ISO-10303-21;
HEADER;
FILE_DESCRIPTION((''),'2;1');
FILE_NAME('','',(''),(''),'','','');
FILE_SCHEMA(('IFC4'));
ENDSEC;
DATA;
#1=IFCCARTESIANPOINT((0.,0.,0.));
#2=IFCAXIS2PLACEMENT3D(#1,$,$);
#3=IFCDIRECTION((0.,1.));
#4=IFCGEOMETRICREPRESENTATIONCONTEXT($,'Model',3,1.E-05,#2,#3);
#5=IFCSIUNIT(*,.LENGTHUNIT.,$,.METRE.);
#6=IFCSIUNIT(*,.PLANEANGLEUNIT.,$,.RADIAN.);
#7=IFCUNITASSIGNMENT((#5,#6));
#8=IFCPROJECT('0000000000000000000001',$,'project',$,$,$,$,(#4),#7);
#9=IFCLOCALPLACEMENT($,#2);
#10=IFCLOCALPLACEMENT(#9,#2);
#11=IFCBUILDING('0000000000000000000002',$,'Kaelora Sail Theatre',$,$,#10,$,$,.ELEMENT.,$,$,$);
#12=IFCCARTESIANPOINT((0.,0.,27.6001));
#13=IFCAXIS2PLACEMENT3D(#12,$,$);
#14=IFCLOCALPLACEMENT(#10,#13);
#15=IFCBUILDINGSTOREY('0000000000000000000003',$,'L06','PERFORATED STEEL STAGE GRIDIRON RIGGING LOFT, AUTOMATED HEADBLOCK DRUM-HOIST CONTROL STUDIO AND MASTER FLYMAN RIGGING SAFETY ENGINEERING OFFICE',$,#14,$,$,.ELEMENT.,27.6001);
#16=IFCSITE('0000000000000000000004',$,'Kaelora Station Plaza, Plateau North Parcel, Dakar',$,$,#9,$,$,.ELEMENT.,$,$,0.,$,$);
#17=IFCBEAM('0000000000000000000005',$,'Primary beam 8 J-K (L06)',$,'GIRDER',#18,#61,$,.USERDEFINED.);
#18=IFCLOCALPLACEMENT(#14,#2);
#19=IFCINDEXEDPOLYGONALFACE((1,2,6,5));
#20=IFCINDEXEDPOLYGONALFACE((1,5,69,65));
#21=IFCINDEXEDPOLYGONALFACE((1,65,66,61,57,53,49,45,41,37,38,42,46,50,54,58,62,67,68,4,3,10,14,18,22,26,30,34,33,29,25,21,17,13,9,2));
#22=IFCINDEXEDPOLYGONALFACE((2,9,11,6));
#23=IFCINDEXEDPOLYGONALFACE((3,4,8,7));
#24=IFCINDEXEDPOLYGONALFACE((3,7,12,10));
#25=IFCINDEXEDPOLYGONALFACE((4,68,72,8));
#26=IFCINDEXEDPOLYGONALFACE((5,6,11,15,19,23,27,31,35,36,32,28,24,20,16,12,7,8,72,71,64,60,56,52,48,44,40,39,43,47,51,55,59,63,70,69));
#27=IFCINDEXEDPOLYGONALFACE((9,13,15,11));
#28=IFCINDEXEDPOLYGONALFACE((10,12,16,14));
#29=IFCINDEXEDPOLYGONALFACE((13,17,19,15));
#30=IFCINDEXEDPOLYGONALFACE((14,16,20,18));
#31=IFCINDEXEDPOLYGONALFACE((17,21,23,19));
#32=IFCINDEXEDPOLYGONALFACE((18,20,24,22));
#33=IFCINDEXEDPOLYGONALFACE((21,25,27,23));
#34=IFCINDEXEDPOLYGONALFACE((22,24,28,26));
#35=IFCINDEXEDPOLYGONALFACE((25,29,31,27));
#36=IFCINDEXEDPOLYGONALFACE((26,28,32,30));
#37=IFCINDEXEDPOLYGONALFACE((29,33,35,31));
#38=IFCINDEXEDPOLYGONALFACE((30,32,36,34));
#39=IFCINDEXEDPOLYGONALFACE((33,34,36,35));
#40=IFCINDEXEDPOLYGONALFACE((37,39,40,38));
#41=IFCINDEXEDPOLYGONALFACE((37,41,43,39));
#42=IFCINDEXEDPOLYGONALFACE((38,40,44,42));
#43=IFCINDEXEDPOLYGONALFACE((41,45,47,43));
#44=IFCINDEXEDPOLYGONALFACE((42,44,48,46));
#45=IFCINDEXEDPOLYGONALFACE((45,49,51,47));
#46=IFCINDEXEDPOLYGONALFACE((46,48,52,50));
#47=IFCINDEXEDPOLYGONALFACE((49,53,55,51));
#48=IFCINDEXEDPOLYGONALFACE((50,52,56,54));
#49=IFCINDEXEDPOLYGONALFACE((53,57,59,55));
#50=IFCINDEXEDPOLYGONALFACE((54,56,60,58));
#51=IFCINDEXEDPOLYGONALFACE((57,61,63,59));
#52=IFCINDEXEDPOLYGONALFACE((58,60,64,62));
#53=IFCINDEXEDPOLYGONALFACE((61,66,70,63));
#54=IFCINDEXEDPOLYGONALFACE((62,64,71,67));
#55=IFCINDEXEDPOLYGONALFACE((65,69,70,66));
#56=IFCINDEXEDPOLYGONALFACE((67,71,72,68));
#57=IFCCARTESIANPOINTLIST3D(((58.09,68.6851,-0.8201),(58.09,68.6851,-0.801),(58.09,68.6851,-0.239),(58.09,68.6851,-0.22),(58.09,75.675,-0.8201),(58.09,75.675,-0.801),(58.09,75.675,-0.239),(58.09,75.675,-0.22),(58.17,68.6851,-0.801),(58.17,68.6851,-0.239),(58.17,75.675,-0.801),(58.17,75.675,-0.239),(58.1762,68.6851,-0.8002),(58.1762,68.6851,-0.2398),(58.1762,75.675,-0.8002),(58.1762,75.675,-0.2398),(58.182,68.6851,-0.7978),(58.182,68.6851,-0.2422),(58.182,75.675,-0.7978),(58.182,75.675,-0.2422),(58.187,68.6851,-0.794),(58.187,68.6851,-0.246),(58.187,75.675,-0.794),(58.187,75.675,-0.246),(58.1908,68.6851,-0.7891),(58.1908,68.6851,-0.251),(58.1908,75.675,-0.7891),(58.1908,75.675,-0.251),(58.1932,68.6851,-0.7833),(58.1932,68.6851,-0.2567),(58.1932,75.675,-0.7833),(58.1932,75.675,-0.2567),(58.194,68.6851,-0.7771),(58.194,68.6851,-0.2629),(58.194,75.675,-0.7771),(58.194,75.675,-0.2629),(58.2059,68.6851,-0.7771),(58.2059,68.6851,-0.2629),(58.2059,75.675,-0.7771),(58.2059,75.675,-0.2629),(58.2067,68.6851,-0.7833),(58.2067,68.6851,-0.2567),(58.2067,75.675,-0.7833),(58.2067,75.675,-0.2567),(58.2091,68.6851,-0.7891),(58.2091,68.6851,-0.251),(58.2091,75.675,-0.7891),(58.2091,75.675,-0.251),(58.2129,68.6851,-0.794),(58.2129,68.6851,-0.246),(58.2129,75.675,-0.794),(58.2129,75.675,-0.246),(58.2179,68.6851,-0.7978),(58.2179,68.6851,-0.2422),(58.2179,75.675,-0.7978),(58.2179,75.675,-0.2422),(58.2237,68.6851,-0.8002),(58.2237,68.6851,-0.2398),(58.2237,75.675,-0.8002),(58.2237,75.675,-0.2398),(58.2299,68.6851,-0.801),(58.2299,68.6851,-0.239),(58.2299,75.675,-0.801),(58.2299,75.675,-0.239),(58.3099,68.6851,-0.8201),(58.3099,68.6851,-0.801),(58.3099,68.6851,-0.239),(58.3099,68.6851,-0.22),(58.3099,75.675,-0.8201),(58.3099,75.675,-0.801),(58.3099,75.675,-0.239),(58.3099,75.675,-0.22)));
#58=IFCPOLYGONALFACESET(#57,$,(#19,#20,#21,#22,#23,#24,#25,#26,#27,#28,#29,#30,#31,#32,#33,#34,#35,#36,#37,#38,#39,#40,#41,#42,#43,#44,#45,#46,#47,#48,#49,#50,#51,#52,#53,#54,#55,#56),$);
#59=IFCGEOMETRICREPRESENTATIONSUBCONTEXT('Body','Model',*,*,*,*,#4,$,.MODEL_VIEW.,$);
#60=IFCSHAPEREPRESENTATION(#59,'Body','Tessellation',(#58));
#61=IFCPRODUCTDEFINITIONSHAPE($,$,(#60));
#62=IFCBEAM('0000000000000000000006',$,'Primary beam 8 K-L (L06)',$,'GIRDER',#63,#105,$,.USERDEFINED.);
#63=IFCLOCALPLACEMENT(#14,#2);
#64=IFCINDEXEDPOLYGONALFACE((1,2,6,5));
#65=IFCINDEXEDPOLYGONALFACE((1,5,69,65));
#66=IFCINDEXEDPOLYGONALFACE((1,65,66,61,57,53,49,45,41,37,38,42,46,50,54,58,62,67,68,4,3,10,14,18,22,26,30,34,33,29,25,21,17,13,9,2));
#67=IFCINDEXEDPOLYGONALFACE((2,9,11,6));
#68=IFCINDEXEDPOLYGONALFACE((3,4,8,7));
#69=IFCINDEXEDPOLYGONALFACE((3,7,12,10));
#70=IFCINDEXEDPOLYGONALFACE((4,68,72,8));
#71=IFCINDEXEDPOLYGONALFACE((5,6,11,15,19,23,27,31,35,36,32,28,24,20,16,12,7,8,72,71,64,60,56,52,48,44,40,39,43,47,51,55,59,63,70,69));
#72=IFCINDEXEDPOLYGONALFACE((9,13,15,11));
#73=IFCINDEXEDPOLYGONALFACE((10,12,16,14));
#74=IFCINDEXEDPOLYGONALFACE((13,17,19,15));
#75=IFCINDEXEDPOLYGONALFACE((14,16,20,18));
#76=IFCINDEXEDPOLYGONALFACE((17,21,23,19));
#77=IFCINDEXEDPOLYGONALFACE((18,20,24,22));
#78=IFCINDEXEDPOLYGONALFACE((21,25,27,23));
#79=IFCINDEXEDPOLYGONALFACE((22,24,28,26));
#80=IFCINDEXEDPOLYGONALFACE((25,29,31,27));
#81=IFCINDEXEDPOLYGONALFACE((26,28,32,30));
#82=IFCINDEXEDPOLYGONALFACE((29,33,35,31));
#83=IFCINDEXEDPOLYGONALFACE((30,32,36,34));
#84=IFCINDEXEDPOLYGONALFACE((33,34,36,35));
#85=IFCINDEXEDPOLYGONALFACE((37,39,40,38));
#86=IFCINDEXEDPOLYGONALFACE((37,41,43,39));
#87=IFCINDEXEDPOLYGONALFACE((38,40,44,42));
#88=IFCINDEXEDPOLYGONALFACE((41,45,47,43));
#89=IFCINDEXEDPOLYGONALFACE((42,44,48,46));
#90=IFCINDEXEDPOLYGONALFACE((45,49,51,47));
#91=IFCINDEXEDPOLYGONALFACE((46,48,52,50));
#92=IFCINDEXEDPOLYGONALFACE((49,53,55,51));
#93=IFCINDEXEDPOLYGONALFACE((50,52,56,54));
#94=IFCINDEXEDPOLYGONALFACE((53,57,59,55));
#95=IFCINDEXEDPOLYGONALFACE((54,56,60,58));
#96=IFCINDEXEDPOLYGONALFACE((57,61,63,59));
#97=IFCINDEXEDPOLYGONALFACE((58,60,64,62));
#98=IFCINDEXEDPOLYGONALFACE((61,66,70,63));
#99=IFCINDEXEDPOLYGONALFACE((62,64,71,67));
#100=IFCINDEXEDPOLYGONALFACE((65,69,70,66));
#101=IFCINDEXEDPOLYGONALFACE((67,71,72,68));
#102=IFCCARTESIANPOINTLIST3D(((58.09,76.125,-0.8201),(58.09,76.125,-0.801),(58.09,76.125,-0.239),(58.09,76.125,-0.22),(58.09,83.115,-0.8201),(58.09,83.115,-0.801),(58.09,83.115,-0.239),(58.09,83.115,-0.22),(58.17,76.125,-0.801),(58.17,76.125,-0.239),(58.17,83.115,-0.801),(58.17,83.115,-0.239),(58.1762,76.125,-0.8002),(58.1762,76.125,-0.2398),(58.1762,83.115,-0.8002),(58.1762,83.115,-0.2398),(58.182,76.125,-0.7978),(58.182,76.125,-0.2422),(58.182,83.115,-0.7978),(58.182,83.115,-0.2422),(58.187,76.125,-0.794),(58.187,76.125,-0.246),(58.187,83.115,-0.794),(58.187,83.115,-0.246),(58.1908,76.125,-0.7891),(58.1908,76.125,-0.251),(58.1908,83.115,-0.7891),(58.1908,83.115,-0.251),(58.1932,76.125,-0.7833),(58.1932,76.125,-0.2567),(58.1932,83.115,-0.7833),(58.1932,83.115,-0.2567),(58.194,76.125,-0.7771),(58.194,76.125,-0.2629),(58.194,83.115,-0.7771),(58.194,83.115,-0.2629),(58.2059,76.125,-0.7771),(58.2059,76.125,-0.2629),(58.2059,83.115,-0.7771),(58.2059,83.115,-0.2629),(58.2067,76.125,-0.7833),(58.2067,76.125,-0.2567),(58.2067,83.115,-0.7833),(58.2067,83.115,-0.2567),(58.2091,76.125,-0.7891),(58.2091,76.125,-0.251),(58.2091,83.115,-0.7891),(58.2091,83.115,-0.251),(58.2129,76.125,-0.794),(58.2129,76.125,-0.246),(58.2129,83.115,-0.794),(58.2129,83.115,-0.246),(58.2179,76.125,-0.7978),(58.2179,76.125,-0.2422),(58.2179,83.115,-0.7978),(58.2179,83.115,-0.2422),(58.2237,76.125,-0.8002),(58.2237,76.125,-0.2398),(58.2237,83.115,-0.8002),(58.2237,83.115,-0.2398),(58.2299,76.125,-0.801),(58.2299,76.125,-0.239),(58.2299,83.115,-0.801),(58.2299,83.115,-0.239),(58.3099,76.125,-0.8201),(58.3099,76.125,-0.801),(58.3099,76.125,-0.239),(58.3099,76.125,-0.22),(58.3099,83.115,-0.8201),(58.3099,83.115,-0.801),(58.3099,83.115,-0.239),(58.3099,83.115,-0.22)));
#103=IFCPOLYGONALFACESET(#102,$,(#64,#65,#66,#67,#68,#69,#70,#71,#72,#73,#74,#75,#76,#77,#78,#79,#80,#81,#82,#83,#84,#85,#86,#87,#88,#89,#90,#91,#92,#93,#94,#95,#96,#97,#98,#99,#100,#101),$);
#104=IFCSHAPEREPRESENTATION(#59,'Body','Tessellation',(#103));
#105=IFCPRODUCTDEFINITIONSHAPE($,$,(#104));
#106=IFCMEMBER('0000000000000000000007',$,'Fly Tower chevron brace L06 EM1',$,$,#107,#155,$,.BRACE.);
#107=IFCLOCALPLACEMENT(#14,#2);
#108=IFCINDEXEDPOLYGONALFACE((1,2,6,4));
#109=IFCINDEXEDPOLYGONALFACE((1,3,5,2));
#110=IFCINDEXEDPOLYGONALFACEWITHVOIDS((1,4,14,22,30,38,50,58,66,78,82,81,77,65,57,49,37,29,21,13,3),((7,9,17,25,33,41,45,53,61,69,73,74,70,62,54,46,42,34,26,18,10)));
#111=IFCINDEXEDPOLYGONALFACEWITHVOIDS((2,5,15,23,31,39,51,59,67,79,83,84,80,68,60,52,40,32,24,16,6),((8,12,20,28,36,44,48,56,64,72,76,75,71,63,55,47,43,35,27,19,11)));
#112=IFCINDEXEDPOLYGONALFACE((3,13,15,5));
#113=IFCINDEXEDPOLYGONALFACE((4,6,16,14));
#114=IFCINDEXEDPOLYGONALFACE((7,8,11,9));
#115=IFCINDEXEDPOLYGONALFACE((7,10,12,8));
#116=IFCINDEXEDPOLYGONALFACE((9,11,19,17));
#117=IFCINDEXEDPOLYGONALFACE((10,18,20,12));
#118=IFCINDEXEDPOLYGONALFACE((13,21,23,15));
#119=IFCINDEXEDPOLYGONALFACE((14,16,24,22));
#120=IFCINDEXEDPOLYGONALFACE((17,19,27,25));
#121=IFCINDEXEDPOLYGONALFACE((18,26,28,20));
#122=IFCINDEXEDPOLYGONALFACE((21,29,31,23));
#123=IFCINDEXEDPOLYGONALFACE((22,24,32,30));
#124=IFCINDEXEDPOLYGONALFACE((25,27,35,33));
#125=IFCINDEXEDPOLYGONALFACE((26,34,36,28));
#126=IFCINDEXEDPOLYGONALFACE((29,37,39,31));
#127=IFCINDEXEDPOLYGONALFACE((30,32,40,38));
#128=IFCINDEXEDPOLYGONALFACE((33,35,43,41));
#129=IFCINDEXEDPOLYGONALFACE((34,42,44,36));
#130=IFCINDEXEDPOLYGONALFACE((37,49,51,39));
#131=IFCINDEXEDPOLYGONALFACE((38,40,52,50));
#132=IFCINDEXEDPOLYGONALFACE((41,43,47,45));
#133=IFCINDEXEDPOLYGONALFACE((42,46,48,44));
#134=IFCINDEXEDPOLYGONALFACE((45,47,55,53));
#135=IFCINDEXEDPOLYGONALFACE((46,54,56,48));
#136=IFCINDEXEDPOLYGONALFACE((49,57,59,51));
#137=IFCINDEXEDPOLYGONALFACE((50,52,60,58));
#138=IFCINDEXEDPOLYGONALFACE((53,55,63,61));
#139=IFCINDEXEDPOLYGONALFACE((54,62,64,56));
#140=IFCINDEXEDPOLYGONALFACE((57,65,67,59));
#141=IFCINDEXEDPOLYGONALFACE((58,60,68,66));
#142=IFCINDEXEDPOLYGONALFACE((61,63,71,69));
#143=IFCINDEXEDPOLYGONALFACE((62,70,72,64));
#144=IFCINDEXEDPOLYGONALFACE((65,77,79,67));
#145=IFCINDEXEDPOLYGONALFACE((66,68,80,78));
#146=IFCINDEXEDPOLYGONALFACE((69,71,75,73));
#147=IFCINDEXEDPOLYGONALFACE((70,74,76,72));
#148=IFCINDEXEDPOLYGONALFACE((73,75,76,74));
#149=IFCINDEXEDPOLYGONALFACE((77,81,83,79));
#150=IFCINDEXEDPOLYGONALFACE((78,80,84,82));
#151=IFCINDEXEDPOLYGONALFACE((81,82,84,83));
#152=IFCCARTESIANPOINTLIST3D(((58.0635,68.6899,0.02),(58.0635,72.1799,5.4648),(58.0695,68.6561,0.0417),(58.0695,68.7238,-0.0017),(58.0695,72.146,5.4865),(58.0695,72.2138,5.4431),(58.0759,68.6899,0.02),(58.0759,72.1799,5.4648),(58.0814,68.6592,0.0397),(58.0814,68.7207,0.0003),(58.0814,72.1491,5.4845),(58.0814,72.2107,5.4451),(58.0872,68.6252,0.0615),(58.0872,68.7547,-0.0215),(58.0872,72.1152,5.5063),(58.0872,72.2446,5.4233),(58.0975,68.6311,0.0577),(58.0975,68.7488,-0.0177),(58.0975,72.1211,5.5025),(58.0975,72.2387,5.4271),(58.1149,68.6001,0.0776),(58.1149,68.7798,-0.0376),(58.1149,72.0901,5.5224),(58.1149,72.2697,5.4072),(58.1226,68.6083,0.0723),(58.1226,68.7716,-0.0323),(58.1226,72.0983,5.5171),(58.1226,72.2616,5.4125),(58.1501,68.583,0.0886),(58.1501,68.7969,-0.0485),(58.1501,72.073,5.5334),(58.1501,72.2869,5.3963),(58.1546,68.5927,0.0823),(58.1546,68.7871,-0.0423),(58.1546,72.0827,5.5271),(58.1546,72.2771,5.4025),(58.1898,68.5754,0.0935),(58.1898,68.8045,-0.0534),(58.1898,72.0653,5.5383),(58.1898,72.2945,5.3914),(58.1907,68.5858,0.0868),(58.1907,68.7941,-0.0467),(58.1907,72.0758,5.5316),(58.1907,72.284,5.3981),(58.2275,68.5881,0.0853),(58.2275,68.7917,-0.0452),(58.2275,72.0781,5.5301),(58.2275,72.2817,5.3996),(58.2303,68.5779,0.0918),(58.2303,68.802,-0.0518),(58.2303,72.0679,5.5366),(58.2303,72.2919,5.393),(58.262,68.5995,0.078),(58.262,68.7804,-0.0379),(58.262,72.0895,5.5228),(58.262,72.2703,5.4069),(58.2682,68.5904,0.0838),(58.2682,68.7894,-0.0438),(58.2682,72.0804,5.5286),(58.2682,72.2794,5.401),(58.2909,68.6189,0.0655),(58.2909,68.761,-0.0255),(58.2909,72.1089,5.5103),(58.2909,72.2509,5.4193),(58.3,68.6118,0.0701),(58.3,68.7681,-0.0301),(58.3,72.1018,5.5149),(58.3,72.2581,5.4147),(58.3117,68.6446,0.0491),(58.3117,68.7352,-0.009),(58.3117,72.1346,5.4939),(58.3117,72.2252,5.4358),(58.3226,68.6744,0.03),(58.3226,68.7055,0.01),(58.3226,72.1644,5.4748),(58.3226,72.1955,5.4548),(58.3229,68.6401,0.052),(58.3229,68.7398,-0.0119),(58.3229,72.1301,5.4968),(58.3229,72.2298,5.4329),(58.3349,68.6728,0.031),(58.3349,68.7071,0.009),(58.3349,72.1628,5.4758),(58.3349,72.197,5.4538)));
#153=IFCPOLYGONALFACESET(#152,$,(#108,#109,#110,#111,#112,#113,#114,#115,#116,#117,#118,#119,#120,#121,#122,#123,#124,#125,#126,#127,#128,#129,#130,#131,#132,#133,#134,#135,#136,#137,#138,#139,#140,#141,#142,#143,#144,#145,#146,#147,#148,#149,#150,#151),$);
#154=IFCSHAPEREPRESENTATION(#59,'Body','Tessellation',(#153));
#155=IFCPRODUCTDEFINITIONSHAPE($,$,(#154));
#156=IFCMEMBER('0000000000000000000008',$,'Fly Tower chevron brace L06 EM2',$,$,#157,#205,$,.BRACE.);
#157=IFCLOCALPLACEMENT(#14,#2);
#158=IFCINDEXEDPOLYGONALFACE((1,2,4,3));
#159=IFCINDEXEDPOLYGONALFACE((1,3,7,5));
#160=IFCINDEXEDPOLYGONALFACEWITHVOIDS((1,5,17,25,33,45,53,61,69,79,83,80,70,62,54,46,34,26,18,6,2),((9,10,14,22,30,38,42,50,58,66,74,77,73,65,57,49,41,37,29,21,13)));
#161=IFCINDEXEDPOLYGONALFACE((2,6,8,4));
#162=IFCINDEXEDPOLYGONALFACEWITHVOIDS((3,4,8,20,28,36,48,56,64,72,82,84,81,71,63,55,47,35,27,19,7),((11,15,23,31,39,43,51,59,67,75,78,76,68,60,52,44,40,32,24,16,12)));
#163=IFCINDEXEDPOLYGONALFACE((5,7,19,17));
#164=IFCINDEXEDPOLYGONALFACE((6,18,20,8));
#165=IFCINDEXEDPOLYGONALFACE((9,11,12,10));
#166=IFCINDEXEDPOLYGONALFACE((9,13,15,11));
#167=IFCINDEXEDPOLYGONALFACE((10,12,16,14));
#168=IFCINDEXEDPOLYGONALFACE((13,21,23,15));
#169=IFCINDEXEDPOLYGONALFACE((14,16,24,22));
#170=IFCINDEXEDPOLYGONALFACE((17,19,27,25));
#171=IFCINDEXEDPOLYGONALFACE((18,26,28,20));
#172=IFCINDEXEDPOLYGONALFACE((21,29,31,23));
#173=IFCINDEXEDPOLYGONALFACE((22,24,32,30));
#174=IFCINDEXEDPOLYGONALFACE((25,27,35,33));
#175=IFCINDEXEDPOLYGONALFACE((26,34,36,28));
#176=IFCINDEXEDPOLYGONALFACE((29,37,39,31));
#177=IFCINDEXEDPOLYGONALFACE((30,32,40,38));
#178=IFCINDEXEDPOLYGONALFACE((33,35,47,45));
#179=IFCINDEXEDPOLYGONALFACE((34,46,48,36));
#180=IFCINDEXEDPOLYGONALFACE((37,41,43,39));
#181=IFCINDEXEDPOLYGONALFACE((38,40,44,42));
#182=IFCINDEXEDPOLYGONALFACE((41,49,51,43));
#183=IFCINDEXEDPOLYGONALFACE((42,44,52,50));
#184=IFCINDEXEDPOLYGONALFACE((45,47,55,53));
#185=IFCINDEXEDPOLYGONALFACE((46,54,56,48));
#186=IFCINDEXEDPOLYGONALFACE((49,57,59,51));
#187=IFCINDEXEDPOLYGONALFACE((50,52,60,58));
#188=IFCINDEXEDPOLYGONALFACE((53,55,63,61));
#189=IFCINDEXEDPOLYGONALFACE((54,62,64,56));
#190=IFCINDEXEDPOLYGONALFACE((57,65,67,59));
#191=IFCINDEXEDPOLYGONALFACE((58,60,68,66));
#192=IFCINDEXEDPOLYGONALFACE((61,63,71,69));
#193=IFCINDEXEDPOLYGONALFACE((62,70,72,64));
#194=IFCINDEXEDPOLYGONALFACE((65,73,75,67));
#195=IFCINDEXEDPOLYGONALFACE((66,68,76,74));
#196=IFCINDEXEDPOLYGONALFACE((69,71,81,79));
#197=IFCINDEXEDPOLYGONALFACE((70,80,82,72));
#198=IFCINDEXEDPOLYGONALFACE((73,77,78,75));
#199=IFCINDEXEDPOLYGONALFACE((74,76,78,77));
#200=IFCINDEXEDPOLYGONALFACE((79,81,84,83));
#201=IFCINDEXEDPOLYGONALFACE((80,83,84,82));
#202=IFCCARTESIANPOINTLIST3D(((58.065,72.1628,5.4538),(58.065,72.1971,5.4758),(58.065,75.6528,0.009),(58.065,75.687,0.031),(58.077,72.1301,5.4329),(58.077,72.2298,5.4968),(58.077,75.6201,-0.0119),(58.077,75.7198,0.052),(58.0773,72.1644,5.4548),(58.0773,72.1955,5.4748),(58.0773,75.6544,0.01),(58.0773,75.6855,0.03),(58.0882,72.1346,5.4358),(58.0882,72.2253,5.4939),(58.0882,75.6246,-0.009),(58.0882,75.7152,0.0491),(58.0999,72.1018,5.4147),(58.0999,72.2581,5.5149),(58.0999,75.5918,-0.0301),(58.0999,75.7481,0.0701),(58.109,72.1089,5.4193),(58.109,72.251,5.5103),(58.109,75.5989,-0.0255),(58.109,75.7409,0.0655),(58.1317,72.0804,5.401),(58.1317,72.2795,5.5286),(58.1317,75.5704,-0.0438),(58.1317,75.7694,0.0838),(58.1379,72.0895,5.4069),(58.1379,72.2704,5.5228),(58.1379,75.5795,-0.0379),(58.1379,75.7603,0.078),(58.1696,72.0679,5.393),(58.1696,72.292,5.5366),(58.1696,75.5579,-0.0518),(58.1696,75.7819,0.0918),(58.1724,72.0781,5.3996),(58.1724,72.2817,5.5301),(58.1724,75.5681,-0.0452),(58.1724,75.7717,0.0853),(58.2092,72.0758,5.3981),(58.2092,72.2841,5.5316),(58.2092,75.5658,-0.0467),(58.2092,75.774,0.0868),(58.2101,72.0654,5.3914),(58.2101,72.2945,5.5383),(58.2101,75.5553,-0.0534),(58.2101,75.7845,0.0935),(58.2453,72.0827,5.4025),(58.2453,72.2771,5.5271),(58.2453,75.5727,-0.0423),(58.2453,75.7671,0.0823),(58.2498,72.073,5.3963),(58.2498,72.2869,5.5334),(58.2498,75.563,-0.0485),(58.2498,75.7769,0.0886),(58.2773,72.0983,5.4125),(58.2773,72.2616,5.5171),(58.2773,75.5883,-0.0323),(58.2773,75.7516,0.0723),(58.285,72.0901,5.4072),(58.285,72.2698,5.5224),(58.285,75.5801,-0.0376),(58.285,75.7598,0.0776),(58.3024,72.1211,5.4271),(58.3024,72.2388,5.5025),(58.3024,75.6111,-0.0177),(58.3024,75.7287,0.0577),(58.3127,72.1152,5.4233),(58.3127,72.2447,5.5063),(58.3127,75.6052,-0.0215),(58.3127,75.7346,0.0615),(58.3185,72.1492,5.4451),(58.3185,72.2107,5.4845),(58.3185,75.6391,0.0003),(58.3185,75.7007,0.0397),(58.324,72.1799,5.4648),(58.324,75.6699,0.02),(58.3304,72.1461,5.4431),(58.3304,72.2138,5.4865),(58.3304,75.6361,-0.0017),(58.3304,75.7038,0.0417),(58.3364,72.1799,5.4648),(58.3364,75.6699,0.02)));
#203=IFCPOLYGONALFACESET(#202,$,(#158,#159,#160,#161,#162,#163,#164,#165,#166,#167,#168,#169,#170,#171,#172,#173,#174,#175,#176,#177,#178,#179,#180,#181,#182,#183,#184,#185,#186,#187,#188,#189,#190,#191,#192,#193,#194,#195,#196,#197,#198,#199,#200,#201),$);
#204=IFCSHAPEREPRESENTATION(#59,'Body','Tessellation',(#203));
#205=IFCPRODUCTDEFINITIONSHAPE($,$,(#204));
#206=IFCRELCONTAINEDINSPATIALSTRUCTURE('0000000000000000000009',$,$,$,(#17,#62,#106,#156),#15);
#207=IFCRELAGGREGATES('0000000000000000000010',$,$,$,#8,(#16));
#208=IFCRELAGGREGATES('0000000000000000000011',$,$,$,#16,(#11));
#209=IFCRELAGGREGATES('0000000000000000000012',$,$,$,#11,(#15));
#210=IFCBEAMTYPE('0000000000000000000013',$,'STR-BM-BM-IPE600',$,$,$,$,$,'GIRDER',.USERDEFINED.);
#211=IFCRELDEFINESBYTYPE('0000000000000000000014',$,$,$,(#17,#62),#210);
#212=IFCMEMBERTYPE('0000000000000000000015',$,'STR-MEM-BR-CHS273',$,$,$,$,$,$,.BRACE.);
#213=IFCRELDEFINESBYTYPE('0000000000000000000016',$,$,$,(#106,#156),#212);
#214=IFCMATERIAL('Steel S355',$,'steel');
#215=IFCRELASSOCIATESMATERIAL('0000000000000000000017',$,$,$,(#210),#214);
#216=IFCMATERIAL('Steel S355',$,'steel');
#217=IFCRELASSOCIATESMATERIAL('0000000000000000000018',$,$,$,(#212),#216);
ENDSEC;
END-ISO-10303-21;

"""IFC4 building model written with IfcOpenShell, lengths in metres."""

from ifc_helpers import new_model, si_unit, direction, frame, origin, origin_2d, place, context, subcontext, project, spatial, hollow_circle, i_section, extrude, material, material_profile, profile_set, type_object, element, save


model = new_model("IFC4")

# Units and contexts
model_context = context("Model", 3, precision=1e-05, world=origin(), true_north=direction((0.0, 1.0)))
body_context = subcontext(model_context, "Body", "Model", "MODEL_VIEW")
ifc_project = project(units=[si_unit("LENGTHUNIT", "METRE"), si_unit("PLANEANGLEUNIT", "RADIAN")], contexts=[model_context])

# Site, building, storey
site_placement = place(None, origin())
site = spatial("IfcSite", under=ifc_project, at=site_placement, Name="Kaelora Station Plaza, Plateau North Parcel, Dakar", CompositionType="ELEMENT", RefElevation=0.0)
building_placement = place(site_placement, origin())
building = spatial("IfcBuilding", under=site, at=building_placement, Name="Kaelora Sail Theatre", CompositionType="ELEMENT")
storey_placement = place(building_placement, frame((0.0, 0.0, 27.6001)))
storey = spatial("IfcBuildingStorey", under=building, at=storey_placement, Name="L06", Description="PERFORATED STEEL STAGE GRIDIRON RIGGING LOFT, AUTOMATED HEADBLOCK DRUM-HOIST CONTROL STUDIO AND MASTER FLYMAN RIGGING SAFETY ENGINEERING OFFICE", CompositionType="ELEMENT", Elevation=27.6001)

# Beams
ifc_material_1 = material(Name="Steel S355", Category="steel")
ifc_material_profile_1 = material_profile(ifc_material_1, i_section(OverallWidth=0.22, OverallDepth=0.6001, WebThickness=0.012, FlangeThickness=0.019, FilletRadius=0.0239, at=origin_2d()), Name="IPE 600")
ifc_profile_set_1 = profile_set([ifc_material_profile_1], Name="Steel S355")
beam_type_1 = type_object("IfcBeamType", Name="STR-BM-BM-IPE600", ElementType="GIRDER", PredefinedType="USERDEFINED", material=ifc_profile_set_1)
for number, where, z_axis, x_axis, name in (
    (1, (58.2, 68.6851, -0.52), (0.0, 1.0, 0.0), (-1.0, 0.0, 0.0), "Primary beam 8 J-K (L06)"),
    (2, (58.2, 76.125, -0.52), (0.0, 1.0, 0.0), (-1.0, 0.0, 0.0), "Primary beam 8 K-L (L06)"),
):
    element("IfcBeam", number, at=place(storey_placement, frame(where, z_axis=z_axis, x_axis=x_axis)), inside=storey, type_object=beam_type_1, Name=name, ObjectType="GIRDER", PredefinedType="USERDEFINED", context=body_context, shape_type="SweptSolid", body=[
        extrude(i_section(OverallWidth=0.22, OverallDepth=0.6001, WebThickness=0.012, FlangeThickness=0.019, FilletRadius=0.0239, at=origin_2d()), origin(), (0.0, 0.0, 1.0), 6.99),
    ])

# Members
ifc_material_2 = material(Name="Steel S355", Category="steel")
ifc_material_profile_2 = material_profile(ifc_material_2, hollow_circle(Radius=0.1365, WallThickness=0.0125, at=origin_2d()), Name="CHS 273.0x12.5")
ifc_profile_set_2 = profile_set([ifc_material_profile_2], Name="Steel S355")
member_type_1 = type_object("IfcMemberType", Name="STR-MEM-BR-CHS273", PredefinedType="BRACE", material=ifc_profile_set_2)
for number, where, z_axis, x_axis, name in (
    (3, (58.2, 68.6899, 0.02), (0.0, 0.539635, 0.841899), (-1.0, 0.0, 0.0), "Fly Tower chevron brace L06 EM1"),
    (4, (58.2, 75.6699, 0.02), (0.0, -0.539635, 0.841899), (1.0, 0.0, 0.0), "Fly Tower chevron brace L06 EM2"),
):
    element("IfcMember", number, at=place(storey_placement, frame(where, z_axis=z_axis, x_axis=x_axis)), inside=storey, type_object=member_type_1, Name=name, PredefinedType="BRACE", context=body_context, shape_type="SweptSolid", body=[
        extrude(hollow_circle(Radius=0.1365, WallThickness=0.0125, at=origin_2d()), origin(), (0.0, 0.0, 1.0), 6.4673),
    ])

save(model, "model.ifc")
